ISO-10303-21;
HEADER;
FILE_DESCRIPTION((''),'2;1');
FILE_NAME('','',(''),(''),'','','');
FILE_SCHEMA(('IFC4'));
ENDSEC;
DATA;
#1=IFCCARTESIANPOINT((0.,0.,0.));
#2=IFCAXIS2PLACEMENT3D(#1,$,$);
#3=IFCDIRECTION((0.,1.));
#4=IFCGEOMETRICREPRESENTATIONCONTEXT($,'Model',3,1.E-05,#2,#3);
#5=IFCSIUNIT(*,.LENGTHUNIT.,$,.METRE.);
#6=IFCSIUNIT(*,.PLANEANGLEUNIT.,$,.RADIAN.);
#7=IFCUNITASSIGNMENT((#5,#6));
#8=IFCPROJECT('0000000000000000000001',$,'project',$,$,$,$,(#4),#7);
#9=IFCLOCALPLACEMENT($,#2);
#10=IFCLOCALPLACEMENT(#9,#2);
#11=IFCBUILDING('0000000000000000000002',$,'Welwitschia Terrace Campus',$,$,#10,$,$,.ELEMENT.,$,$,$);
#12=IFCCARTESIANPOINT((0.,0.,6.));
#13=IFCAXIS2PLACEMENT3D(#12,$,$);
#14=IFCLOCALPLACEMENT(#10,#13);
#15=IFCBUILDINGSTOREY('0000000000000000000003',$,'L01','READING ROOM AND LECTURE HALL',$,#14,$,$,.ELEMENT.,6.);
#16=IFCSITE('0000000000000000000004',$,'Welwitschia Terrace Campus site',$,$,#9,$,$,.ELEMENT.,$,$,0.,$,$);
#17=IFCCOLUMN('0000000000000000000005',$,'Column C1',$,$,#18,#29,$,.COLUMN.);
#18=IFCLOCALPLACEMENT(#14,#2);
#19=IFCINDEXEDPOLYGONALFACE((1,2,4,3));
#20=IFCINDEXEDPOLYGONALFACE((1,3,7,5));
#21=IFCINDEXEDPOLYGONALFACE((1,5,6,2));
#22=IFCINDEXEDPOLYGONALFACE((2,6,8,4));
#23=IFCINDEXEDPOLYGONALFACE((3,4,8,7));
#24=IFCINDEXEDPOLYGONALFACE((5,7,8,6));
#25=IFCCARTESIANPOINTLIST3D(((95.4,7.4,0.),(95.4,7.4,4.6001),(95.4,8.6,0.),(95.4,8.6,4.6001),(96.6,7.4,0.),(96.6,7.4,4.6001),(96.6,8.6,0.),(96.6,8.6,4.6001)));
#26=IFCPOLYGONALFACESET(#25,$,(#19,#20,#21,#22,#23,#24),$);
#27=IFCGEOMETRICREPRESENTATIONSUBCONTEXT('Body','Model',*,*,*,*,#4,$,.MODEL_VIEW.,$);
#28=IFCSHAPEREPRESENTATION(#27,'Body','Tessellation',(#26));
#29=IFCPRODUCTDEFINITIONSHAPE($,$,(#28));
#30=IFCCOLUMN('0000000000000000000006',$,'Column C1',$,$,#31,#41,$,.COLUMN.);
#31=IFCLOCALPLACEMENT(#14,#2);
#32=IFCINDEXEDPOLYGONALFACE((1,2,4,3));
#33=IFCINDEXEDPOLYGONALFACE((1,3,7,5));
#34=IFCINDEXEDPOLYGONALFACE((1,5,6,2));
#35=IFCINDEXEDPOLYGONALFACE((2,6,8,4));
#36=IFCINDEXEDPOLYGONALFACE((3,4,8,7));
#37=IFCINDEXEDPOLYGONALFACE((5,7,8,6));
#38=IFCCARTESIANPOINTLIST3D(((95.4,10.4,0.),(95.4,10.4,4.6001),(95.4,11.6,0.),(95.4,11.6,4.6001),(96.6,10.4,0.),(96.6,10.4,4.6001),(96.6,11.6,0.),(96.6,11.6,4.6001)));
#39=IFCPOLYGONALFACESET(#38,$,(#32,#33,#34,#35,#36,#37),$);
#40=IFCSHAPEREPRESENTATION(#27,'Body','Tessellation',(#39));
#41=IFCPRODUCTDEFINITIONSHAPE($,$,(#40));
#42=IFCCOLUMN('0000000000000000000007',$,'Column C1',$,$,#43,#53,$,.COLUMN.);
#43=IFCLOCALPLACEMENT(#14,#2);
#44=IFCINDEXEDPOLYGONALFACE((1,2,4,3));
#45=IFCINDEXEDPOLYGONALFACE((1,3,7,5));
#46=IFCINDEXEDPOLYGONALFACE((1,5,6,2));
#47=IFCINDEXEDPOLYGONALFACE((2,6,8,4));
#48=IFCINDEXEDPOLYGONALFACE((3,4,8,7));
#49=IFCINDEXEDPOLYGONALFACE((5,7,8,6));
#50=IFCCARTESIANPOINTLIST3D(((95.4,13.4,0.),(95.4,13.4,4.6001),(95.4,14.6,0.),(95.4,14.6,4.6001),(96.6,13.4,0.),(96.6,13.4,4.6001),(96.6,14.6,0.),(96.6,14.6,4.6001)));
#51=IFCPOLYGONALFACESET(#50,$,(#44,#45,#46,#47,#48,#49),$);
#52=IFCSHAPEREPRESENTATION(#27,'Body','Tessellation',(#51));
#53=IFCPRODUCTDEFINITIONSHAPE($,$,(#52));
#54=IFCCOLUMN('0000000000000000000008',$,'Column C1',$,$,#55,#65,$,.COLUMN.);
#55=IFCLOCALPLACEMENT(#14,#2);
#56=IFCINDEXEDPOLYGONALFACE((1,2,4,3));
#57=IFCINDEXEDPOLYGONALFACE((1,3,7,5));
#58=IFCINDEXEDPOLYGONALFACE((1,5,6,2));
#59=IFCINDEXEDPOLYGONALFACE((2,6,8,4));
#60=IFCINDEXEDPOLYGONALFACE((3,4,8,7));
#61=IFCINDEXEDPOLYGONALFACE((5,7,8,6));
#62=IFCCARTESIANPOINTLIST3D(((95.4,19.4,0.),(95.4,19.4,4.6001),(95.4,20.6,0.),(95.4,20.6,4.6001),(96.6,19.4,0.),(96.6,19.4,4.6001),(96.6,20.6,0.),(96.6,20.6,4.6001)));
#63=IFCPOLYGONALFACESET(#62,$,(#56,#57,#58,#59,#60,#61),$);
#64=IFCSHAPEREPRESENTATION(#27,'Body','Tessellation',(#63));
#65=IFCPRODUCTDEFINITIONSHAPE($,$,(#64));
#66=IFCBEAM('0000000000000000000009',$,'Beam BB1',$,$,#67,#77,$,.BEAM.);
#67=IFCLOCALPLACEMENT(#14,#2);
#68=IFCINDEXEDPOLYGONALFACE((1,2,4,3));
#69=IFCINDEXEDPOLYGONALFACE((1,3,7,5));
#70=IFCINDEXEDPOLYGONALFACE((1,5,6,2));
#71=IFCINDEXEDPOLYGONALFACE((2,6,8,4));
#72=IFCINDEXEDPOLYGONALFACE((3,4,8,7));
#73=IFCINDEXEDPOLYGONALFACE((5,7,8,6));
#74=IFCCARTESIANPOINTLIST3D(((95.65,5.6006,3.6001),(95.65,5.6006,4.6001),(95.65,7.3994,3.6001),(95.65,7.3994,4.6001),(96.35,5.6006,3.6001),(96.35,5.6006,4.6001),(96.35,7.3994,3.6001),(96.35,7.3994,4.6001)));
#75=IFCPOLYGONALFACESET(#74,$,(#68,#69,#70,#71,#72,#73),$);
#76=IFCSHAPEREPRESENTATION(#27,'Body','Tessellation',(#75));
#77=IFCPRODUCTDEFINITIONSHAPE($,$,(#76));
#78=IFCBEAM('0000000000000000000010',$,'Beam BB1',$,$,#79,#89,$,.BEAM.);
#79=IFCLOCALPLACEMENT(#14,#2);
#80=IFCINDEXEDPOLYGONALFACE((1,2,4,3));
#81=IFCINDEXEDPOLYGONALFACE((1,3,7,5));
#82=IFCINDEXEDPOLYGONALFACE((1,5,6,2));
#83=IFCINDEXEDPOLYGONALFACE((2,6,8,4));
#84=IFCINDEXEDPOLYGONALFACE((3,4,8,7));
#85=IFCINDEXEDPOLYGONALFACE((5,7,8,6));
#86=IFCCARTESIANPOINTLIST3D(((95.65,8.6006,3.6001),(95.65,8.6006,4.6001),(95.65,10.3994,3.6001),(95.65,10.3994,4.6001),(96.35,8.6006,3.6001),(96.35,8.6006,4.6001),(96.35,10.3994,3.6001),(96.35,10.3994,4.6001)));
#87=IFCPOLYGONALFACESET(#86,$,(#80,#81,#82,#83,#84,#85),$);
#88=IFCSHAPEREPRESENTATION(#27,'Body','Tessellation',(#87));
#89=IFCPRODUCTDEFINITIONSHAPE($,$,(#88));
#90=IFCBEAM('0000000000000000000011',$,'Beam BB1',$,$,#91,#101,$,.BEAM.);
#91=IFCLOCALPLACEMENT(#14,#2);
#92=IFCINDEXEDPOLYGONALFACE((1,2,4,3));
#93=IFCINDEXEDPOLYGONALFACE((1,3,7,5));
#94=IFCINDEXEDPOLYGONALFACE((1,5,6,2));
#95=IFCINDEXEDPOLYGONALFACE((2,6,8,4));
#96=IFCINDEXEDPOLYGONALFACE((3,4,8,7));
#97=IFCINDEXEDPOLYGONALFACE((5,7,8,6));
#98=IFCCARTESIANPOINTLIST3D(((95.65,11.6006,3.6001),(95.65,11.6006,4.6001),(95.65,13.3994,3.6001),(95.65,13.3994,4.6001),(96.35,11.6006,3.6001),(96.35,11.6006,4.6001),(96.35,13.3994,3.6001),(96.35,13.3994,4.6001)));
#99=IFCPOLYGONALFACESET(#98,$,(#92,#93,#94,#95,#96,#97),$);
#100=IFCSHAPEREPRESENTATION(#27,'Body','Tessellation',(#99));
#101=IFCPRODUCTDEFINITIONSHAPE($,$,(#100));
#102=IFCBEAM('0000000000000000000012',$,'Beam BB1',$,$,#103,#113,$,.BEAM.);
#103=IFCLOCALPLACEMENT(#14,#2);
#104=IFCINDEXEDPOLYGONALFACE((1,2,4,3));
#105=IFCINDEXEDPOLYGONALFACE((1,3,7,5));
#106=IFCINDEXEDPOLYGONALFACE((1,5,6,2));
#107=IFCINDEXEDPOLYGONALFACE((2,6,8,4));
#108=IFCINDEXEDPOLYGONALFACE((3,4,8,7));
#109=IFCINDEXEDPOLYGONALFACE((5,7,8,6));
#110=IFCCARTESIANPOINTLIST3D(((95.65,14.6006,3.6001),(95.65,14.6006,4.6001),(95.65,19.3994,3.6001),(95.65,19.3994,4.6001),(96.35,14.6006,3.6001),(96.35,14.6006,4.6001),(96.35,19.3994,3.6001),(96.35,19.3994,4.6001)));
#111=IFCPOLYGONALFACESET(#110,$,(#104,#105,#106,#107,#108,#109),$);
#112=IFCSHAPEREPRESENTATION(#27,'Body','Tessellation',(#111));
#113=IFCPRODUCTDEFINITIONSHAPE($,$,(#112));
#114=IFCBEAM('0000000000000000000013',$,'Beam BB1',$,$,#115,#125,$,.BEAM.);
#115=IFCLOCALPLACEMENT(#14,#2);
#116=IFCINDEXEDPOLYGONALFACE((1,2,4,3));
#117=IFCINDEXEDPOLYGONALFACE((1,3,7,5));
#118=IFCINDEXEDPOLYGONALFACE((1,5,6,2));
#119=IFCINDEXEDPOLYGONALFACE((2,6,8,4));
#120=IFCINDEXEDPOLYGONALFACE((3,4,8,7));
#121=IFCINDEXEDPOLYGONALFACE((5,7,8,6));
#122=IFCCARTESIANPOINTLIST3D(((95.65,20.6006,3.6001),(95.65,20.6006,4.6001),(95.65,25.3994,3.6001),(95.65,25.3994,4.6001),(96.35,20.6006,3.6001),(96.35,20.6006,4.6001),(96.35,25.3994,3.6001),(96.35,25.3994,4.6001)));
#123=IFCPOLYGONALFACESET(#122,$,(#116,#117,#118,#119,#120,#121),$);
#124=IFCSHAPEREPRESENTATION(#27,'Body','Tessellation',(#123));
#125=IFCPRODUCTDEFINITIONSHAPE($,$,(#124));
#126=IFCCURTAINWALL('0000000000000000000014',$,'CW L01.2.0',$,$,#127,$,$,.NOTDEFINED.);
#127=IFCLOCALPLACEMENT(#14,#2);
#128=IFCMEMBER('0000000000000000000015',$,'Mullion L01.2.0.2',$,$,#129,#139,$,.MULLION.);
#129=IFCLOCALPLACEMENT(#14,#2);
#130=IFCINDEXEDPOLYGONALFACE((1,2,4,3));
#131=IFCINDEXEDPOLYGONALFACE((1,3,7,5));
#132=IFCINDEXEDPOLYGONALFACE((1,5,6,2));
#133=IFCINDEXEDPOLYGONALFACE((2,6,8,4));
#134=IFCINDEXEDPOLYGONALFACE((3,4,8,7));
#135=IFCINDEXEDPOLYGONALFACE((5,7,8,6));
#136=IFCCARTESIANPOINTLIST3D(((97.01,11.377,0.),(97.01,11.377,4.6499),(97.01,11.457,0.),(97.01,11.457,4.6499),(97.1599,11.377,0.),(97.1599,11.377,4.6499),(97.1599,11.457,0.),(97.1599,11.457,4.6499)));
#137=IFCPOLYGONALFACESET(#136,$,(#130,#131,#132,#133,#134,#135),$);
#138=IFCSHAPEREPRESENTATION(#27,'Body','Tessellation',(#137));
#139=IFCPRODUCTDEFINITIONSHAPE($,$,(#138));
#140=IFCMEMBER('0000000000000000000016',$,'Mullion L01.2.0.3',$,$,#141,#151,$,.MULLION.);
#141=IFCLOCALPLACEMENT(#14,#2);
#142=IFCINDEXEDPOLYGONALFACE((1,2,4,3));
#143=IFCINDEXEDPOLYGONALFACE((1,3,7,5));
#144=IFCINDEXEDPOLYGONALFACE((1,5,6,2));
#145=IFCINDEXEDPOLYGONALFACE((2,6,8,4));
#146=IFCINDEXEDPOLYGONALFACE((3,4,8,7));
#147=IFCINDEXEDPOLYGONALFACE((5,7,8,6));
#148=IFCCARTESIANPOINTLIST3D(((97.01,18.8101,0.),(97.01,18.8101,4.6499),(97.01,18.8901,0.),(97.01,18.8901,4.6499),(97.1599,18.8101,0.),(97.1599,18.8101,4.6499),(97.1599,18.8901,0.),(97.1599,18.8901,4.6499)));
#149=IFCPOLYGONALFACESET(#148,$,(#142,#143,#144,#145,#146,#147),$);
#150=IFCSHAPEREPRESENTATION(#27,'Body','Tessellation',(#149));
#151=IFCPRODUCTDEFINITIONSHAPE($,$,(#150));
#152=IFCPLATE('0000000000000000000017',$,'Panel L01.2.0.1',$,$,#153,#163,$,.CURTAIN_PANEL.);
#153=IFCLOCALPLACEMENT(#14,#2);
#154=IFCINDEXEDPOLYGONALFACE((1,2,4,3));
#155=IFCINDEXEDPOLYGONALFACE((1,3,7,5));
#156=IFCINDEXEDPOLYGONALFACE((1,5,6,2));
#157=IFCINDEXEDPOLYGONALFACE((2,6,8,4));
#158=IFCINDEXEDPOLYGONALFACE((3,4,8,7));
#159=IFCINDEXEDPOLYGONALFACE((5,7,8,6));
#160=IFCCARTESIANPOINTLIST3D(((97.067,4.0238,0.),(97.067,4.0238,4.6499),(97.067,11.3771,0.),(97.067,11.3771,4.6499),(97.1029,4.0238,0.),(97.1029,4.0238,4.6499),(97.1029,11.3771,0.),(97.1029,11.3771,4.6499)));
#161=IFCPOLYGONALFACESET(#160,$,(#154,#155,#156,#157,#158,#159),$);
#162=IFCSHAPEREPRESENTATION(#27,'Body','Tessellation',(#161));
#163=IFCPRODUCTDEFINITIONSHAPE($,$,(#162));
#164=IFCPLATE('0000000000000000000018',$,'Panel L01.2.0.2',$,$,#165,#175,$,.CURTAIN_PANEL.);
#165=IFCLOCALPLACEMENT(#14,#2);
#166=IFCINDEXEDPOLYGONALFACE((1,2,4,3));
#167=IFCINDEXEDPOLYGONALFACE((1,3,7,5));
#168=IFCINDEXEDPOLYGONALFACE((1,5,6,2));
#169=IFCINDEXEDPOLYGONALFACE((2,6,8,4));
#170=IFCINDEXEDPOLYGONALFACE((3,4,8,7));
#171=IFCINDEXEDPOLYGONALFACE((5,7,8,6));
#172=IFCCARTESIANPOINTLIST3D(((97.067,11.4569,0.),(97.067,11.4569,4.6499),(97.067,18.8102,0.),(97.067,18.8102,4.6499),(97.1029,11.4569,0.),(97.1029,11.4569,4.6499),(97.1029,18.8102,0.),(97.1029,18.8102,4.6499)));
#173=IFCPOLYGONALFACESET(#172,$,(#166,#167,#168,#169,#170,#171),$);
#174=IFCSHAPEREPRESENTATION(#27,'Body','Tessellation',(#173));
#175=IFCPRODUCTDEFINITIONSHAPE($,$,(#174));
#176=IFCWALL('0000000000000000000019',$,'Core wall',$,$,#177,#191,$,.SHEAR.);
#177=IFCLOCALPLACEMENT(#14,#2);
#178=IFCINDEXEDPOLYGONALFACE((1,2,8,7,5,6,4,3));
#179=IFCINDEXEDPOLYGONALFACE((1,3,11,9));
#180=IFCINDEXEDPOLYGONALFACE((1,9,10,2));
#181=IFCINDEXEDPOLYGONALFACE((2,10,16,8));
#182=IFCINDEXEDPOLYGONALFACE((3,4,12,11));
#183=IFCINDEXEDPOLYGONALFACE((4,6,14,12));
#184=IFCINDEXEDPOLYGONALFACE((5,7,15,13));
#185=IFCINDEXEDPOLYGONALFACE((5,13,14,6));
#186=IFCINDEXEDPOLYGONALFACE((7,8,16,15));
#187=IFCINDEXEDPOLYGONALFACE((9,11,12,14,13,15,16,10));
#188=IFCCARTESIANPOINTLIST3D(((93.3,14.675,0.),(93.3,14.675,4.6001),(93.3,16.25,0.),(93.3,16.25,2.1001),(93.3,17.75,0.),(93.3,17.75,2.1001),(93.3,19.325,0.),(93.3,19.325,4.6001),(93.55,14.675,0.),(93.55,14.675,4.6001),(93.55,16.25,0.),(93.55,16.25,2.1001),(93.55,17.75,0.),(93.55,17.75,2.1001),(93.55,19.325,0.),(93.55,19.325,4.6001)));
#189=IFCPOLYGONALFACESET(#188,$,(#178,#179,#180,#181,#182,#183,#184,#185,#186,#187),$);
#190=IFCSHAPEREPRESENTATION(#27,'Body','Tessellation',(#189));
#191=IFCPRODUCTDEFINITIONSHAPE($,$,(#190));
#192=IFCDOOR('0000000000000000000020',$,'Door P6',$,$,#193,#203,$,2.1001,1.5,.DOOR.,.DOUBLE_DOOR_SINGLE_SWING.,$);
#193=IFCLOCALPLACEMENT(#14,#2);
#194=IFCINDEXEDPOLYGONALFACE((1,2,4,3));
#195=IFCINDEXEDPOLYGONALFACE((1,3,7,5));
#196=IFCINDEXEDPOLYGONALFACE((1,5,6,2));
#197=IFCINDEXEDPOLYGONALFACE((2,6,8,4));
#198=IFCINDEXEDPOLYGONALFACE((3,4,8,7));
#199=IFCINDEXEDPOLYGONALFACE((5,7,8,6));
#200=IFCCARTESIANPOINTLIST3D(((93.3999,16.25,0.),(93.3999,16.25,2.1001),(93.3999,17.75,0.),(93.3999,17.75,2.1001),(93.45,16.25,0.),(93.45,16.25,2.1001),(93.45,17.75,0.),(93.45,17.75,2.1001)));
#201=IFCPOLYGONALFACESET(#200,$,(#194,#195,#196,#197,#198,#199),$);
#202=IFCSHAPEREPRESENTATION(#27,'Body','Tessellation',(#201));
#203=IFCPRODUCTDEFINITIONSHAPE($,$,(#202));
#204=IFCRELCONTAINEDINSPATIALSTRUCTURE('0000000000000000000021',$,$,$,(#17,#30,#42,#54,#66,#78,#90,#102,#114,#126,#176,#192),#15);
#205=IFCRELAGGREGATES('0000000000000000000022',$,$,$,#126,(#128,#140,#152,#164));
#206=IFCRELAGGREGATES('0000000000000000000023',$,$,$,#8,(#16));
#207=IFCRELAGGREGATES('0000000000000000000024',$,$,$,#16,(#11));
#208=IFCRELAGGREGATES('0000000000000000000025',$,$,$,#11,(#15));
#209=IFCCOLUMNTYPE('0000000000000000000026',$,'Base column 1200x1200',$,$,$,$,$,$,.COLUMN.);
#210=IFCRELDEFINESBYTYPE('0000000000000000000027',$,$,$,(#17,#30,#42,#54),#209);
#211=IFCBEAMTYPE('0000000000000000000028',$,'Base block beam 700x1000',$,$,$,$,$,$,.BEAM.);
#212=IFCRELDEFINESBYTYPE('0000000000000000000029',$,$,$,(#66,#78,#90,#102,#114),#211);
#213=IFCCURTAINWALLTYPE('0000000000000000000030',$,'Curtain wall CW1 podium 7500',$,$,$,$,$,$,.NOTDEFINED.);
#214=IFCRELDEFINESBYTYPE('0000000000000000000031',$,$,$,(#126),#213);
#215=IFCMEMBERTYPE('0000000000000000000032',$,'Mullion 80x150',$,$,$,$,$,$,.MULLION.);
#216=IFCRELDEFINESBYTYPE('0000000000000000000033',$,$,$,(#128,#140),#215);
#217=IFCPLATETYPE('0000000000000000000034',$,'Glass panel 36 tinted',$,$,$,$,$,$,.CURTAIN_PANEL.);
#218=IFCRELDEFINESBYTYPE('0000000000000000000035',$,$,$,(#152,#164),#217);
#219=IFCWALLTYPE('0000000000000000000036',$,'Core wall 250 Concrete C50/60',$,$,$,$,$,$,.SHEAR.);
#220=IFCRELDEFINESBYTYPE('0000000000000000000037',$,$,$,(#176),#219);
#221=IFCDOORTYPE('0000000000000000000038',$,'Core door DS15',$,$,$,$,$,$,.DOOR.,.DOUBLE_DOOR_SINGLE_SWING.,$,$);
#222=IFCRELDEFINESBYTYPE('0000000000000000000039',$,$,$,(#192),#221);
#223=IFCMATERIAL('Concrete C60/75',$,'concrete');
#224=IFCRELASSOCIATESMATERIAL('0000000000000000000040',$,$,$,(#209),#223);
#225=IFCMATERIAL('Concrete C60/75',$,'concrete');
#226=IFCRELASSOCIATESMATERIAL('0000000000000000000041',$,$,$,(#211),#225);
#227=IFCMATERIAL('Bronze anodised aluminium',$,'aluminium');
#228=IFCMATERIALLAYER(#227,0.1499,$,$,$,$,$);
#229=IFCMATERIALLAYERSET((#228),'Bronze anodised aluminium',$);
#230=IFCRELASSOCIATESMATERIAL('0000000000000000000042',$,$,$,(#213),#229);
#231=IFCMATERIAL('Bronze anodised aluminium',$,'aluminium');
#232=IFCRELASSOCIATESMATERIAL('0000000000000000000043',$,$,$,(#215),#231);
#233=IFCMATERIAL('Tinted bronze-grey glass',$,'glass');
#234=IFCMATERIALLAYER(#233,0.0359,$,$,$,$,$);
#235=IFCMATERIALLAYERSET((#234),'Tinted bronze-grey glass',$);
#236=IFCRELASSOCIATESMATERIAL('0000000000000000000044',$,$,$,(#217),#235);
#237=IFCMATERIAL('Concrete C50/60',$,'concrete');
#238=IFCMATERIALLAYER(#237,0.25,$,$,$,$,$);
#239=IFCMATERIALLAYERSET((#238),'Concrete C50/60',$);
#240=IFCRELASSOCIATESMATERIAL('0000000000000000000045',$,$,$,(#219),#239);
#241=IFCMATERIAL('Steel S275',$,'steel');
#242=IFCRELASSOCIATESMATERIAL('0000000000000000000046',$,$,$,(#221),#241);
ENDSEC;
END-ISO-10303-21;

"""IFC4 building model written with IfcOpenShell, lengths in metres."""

from ifc_helpers import new_model, si_unit, direction, frame, frame_2d, origin, origin_2d, place, context, subcontext, project, spatial, rectangle, extrude, material, layer, layer_set, material_profile, profile_set, type_object, element, fill, aggregate, save


model = new_model("IFC4")

# Units and contexts
model_context = context("Model", 3, precision=1e-05, world=origin(), true_north=direction((0.0, 1.0)))
body_context = subcontext(model_context, "Body", "Model", "MODEL_VIEW")
ifc_project = project(units=[si_unit("LENGTHUNIT", "METRE"), si_unit("PLANEANGLEUNIT", "RADIAN")], contexts=[model_context])

# Site, building, storey
site_placement = place(None, origin())
site = spatial("IfcSite", under=ifc_project, at=site_placement, Name="Welwitschia Terrace Campus site", CompositionType="ELEMENT", RefElevation=0.0)
building_placement = place(site_placement, origin())
building = spatial("IfcBuilding", under=site, at=building_placement, Name="Welwitschia Terrace Campus", CompositionType="ELEMENT")
storey_placement = place(building_placement, frame((0.0, 0.0, 6.0)))
storey = spatial("IfcBuildingStorey", under=building, at=storey_placement, Name="L01", Description="READING ROOM AND LECTURE HALL", CompositionType="ELEMENT", Elevation=6.0)

# Columns
ifc_material_1 = material(Name="Concrete C60/75", Category="concrete")
ifc_material_profile_1 = material_profile(ifc_material_1, rectangle(XDim=1.2, YDim=1.2, at=origin_2d()))
ifc_profile_set_1 = profile_set([ifc_material_profile_1], Name="Concrete C60/75")
column_type = type_object("IfcColumnType", Name="Base column 1200x1200", PredefinedType="COLUMN", material=ifc_profile_set_1)
for number, where, z_axis, x_axis, name in (
    (1, (96.0, 8.0, 0.0), (0.0, 0.0, 1.0), (1.0, 0.0, 0.0), "Column C1"),
    (2, (96.0, 11.0, 0.0), (0.0, 0.0, 1.0), (1.0, 0.0, 0.0), "Column C1"),
    (3, (96.0, 14.0, 0.0), (0.0, 0.0, 1.0), (1.0, 0.0, 0.0), "Column C1"),
    (4, (96.0, 20.0, 0.0), (0.0, 0.0, 1.0), (1.0, 0.0, 0.0), "Column C1"),
):
    element("IfcColumn", number, at=place(storey_placement, frame(where, z_axis=z_axis, x_axis=x_axis)), inside=storey, type_object=column_type, Name=name, PredefinedType="COLUMN", context=body_context, shape_type="SweptSolid", body=[
        extrude(rectangle(XDim=1.2, YDim=1.2, at=origin_2d()), origin(), (0.0, 0.0, 1.0), 4.6001),
    ])

# Beams
ifc_material_2 = material(Name="Concrete C60/75", Category="concrete")
ifc_material_profile_2 = material_profile(ifc_material_2, rectangle(XDim=0.7, YDim=1.0, at=origin_2d()))
ifc_profile_set_2 = profile_set([ifc_material_profile_2], Name="Concrete C60/75")
beam_type = type_object("IfcBeamType", Name="Base block beam 700x1000", PredefinedType="BEAM", material=ifc_profile_set_2)
for number, where, z_axis, x_axis, name in (
    (5, (96.0, 5.6006, 4.1001), (0.0, 1.0, 0.0), (-1.0, 0.0, 0.0), "Beam BB1"),
    (6, (96.0, 8.6006, 4.1001), (0.0, 1.0, 0.0), (-1.0, 0.0, 0.0), "Beam BB1"),
    (7, (96.0, 11.6006, 4.1001), (0.0, 1.0, 0.0), (-1.0, 0.0, 0.0), "Beam BB1"),
):
    element("IfcBeam", number, at=place(storey_placement, frame(where, z_axis=z_axis, x_axis=x_axis)), inside=storey, type_object=beam_type, Name=name, PredefinedType="BEAM", context=body_context, shape_type="SweptSolid", body=[
        extrude(rectangle(XDim=0.7, YDim=1.0, at=origin_2d()), origin(), (0.0, 0.0, 1.0), 1.7988),
    ])
for number, where, z_axis, x_axis, name in (
    (8, (96.0, 14.6006, 4.1001), (0.0, 1.0, 0.0), (-1.0, 0.0, 0.0), "Beam BB1"),
    (9, (96.0, 20.6006, 4.1001), (0.0, 1.0, 0.0), (-1.0, 0.0, 0.0), "Beam BB1"),
):
    element("IfcBeam", number, at=place(storey_placement, frame(where, z_axis=z_axis, x_axis=x_axis)), inside=storey, type_object=beam_type, Name=name, PredefinedType="BEAM", context=body_context, shape_type="SweptSolid", body=[
        extrude(rectangle(XDim=0.7, YDim=1.0, at=origin_2d()), origin(), (0.0, 0.0, 1.0), 4.7988),
    ])

# Curtain wall, members, plates
ifc_material_3 = material(Name="Bronze anodised aluminium", Category="aluminium")
ifc_layer_1 = layer(ifc_material_3, 0.1499)
ifc_layer_set_1 = layer_set([ifc_layer_1], Name="Bronze anodised aluminium")
curtain_wall_type = type_object("IfcCurtainWallType", Name="Curtain wall CW1 podium 7500", PredefinedType="NOTDEFINED", material=ifc_layer_set_1)
curtain_wall_placement = place(storey_placement, origin())
curtain_wall = element("IfcCurtainWall", 10, at=curtain_wall_placement, inside=storey, type_object=curtain_wall_type, Name="CW L01.2.0", PredefinedType="NOTDEFINED")
ifc_material_4 = material(Name="Bronze anodised aluminium", Category="aluminium")
ifc_material_profile_3 = material_profile(ifc_material_4, rectangle(XDim=0.1499, YDim=0.0801, at=origin_2d()))
ifc_profile_set_3 = profile_set([ifc_material_profile_3], Name="Bronze anodised aluminium")
member_type = type_object("IfcMemberType", Name="Mullion 80x150", PredefinedType="MULLION", material=ifc_profile_set_3)
member_1_placement = place(storey_placement, frame((97.085, 11.417, 0.0), z_axis=(0.0, 0.0, 1.0), x_axis=(-1.0, 0.0, 0.0)))
member_1 = element("IfcMember", 11, at=member_1_placement, type_object=member_type, Name="Mullion L01.2.0.2", PredefinedType="MULLION", context=body_context, shape_type="SweptSolid", body=[
    extrude(rectangle(XDim=0.1499, YDim=0.0801, at=origin_2d()), origin(), (0.0, 0.0, 1.0), 4.6499),
])
member_2_placement = place(storey_placement, frame((97.085, 18.8501, 0.0), z_axis=(0.0, 0.0, 1.0), x_axis=(-1.0, 0.0, 0.0)))
member_2 = element("IfcMember", 12, at=member_2_placement, type_object=member_type, Name="Mullion L01.2.0.3", PredefinedType="MULLION", context=body_context, shape_type="SweptSolid", body=[
    extrude(rectangle(XDim=0.1499, YDim=0.0801, at=origin_2d()), origin(), (0.0, 0.0, 1.0), 4.6499),
])
ifc_material_5 = material(Name="Tinted bronze-grey glass", Category="glass")
ifc_layer_2 = layer(ifc_material_5, 0.0359)
ifc_layer_set_2 = layer_set([ifc_layer_2], Name="Tinted bronze-grey glass")
plate_type = type_object("IfcPlateType", Name="Glass panel 36 tinted", PredefinedType="CURTAIN_PANEL", material=ifc_layer_set_2)
plate_1_placement = place(storey_placement, frame((97.085, 7.7004, 0.0), z_axis=(0.0, 0.0, 1.0), x_axis=(0.0, 1.0, 0.0)))
plate_1 = element("IfcPlate", 13, at=plate_1_placement, type_object=plate_type, Name="Panel L01.2.0.1", PredefinedType="CURTAIN_PANEL", context=body_context, shape_type="SweptSolid", body=[
    extrude(rectangle(XDim=7.3533, YDim=0.0359, at=origin_2d()), origin(), (0.0, 0.0, 1.0), 4.6499),
])
plate_2_placement = place(storey_placement, frame((97.085, 15.1335, 0.0), z_axis=(0.0, 0.0, 1.0), x_axis=(0.0, 1.0, 0.0)))
plate_2 = element("IfcPlate", 14, at=plate_2_placement, type_object=plate_type, Name="Panel L01.2.0.2", PredefinedType="CURTAIN_PANEL", context=body_context, shape_type="SweptSolid", body=[
    extrude(rectangle(XDim=7.3533, YDim=0.0359, at=origin_2d()), origin(), (0.0, 0.0, 1.0), 4.6499),
])
aggregate(curtain_wall, [member_1, member_2, plate_1, plate_2])

# Wall, opening, door
ifc_material_6 = material(Name="Concrete C50/60", Category="concrete")
ifc_layer_3 = layer(ifc_material_6, 0.25)
ifc_layer_set_3 = layer_set([ifc_layer_3], Name="Concrete C50/60")
wall_type_1 = type_object("IfcWallType", Name="Core wall 250 Concrete C50/60", PredefinedType="SHEAR", material=ifc_layer_set_3)
wall_1_placement = place(storey_placement, frame((93.425, 19.325, 0.0), z_axis=(0.0, 0.0, 1.0), x_axis=(0.0, -1.0, 0.0)))
wall_1 = element("IfcWall", 15, at=wall_1_placement, inside=storey, type_object=wall_type_1, Name="Core wall", PredefinedType="SHEAR", context=body_context, shape_type="SweptSolid", body=[
    extrude(rectangle(XDim=4.6499, YDim=0.25, at=frame_2d((2.325, 0.0))), origin(), (0.0, 0.0, 1.0), 4.6001),
])
opening_1_placement = place(wall_1_placement, frame((1.575, 0.0, 0.0)))
opening_1 = element("IfcOpeningElement", 16, at=opening_1_placement, cuts=wall_1, PredefinedType="OPENING", context=body_context, shape_type="SweptSolid", body=[
    extrude(rectangle(XDim=1.5, YDim=2.1001, at=frame_2d((0.75, 1.05))), frame((0.0, 0.135, 0.0), z_axis=(0.0, -1.0, 0.0), x_axis=(1.0, 0.0, 0.0)), (0.0, 0.0, 1.0), 0.27),
])
ifc_material_7 = material(Name="Steel S275", Category="steel")
door_type_1 = type_object("IfcDoorType", Name="Core door DS15", OperationType="DOUBLE_DOOR_SINGLE_SWING", PredefinedType="DOOR", material=ifc_material_7)
door_1_placement = place(opening_1_placement, origin())
door_1 = element("IfcDoor", 17, at=door_1_placement, inside=storey, type_object=door_type_1, Name="Door P6", OperationType="DOUBLE_DOOR_SINGLE_SWING", OverallHeight=2.1001, OverallWidth=1.5, PredefinedType="DOOR", context=body_context, shape_type="SweptSolid", body=[
    extrude(rectangle(XDim=1.5, YDim=2.1001, at=frame_2d((0.75, 1.05))), frame((0.0, 0.0249, 0.0), z_axis=(0.0, -1.0, 0.0), x_axis=(1.0, 0.0, 0.0)), (0.0, 0.0, 1.0), 0.05),
])
fill(opening_1, door_1)

save(model, "model.ifc")
